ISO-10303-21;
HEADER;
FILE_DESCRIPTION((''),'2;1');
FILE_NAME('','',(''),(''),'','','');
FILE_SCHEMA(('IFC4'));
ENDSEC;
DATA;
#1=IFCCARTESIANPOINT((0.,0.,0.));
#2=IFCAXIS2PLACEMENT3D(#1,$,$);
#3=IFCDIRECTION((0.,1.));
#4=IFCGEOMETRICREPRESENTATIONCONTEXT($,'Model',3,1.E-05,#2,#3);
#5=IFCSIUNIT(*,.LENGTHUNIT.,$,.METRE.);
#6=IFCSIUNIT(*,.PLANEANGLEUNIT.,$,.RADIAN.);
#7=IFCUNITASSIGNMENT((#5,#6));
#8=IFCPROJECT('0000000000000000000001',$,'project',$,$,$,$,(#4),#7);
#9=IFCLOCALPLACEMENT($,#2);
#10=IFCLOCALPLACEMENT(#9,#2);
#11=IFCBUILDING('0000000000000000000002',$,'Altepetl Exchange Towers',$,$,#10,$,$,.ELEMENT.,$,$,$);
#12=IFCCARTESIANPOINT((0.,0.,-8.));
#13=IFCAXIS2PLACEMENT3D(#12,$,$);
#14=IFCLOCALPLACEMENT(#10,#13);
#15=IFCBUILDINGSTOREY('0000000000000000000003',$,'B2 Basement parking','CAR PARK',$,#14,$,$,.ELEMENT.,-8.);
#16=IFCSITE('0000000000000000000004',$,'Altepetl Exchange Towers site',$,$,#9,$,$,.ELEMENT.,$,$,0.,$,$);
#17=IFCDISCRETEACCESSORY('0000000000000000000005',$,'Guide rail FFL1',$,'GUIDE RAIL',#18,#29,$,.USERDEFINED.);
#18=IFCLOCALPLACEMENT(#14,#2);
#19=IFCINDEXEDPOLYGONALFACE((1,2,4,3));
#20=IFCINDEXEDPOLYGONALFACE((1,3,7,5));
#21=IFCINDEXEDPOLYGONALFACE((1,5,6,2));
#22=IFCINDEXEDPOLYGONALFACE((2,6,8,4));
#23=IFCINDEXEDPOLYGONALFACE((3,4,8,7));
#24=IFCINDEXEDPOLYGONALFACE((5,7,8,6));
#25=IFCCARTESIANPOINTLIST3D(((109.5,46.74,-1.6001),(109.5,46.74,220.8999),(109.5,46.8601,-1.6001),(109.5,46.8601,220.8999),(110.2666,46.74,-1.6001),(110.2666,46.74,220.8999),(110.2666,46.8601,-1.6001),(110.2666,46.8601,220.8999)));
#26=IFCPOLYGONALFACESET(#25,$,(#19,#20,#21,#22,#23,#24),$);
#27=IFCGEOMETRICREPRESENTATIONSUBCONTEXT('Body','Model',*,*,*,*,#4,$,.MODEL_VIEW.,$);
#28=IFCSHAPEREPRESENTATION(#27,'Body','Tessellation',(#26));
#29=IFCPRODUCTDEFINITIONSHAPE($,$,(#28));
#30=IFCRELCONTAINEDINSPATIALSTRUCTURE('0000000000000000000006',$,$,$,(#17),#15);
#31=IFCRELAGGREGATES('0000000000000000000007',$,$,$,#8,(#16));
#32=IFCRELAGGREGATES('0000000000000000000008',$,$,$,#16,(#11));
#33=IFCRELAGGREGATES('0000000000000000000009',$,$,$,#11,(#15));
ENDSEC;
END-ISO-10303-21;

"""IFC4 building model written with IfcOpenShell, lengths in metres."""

from ifc_helpers import new_model, si_unit, direction, frame, origin, origin_2d, place, context, subcontext, project, spatial, rectangle, extrude, element, save


model = new_model("IFC4")

# Units and contexts
model_context = context("Model", 3, precision=1e-05, world=origin(), true_north=direction((0.0, 1.0)))
body_context = subcontext(model_context, "Body", "Model", "MODEL_VIEW")
ifc_project = project(units=[si_unit("LENGTHUNIT", "METRE"), si_unit("PLANEANGLEUNIT", "RADIAN")], contexts=[model_context])

# Site, building, storey
site_placement = place(None, origin())
site = spatial("IfcSite", under=ifc_project, at=site_placement, Name="Altepetl Exchange Towers site", CompositionType="ELEMENT", RefElevation=0.0)
building_placement = place(site_placement, origin())
building = spatial("IfcBuilding", under=site, at=building_placement, Name="Altepetl Exchange Towers", CompositionType="ELEMENT")
storey_placement = place(building_placement, frame((0.0, 0.0, -8.0)))
storey = spatial("IfcBuildingStorey", under=building, at=storey_placement, Name="B2 Basement parking", Description="CAR PARK", CompositionType="ELEMENT", Elevation=-8.0)

# Discrete accessory
for number, where, name in (
    (1, (109.8833, 46.8, -1.6001), "Guide rail FFL1"),
):
    element("IfcDiscreteAccessory", number, at=place(storey_placement, frame(where)), inside=storey, Name=name, ObjectType="GUIDE RAIL", PredefinedType="USERDEFINED", context=body_context, shape_type="SweptSolid", body=[
        extrude(rectangle(XDim=0.7666, YDim=0.1201, at=origin_2d()), origin(), (0.0, 0.0, 1.0), 222.5),
    ])

save(model, "model.ifc")
